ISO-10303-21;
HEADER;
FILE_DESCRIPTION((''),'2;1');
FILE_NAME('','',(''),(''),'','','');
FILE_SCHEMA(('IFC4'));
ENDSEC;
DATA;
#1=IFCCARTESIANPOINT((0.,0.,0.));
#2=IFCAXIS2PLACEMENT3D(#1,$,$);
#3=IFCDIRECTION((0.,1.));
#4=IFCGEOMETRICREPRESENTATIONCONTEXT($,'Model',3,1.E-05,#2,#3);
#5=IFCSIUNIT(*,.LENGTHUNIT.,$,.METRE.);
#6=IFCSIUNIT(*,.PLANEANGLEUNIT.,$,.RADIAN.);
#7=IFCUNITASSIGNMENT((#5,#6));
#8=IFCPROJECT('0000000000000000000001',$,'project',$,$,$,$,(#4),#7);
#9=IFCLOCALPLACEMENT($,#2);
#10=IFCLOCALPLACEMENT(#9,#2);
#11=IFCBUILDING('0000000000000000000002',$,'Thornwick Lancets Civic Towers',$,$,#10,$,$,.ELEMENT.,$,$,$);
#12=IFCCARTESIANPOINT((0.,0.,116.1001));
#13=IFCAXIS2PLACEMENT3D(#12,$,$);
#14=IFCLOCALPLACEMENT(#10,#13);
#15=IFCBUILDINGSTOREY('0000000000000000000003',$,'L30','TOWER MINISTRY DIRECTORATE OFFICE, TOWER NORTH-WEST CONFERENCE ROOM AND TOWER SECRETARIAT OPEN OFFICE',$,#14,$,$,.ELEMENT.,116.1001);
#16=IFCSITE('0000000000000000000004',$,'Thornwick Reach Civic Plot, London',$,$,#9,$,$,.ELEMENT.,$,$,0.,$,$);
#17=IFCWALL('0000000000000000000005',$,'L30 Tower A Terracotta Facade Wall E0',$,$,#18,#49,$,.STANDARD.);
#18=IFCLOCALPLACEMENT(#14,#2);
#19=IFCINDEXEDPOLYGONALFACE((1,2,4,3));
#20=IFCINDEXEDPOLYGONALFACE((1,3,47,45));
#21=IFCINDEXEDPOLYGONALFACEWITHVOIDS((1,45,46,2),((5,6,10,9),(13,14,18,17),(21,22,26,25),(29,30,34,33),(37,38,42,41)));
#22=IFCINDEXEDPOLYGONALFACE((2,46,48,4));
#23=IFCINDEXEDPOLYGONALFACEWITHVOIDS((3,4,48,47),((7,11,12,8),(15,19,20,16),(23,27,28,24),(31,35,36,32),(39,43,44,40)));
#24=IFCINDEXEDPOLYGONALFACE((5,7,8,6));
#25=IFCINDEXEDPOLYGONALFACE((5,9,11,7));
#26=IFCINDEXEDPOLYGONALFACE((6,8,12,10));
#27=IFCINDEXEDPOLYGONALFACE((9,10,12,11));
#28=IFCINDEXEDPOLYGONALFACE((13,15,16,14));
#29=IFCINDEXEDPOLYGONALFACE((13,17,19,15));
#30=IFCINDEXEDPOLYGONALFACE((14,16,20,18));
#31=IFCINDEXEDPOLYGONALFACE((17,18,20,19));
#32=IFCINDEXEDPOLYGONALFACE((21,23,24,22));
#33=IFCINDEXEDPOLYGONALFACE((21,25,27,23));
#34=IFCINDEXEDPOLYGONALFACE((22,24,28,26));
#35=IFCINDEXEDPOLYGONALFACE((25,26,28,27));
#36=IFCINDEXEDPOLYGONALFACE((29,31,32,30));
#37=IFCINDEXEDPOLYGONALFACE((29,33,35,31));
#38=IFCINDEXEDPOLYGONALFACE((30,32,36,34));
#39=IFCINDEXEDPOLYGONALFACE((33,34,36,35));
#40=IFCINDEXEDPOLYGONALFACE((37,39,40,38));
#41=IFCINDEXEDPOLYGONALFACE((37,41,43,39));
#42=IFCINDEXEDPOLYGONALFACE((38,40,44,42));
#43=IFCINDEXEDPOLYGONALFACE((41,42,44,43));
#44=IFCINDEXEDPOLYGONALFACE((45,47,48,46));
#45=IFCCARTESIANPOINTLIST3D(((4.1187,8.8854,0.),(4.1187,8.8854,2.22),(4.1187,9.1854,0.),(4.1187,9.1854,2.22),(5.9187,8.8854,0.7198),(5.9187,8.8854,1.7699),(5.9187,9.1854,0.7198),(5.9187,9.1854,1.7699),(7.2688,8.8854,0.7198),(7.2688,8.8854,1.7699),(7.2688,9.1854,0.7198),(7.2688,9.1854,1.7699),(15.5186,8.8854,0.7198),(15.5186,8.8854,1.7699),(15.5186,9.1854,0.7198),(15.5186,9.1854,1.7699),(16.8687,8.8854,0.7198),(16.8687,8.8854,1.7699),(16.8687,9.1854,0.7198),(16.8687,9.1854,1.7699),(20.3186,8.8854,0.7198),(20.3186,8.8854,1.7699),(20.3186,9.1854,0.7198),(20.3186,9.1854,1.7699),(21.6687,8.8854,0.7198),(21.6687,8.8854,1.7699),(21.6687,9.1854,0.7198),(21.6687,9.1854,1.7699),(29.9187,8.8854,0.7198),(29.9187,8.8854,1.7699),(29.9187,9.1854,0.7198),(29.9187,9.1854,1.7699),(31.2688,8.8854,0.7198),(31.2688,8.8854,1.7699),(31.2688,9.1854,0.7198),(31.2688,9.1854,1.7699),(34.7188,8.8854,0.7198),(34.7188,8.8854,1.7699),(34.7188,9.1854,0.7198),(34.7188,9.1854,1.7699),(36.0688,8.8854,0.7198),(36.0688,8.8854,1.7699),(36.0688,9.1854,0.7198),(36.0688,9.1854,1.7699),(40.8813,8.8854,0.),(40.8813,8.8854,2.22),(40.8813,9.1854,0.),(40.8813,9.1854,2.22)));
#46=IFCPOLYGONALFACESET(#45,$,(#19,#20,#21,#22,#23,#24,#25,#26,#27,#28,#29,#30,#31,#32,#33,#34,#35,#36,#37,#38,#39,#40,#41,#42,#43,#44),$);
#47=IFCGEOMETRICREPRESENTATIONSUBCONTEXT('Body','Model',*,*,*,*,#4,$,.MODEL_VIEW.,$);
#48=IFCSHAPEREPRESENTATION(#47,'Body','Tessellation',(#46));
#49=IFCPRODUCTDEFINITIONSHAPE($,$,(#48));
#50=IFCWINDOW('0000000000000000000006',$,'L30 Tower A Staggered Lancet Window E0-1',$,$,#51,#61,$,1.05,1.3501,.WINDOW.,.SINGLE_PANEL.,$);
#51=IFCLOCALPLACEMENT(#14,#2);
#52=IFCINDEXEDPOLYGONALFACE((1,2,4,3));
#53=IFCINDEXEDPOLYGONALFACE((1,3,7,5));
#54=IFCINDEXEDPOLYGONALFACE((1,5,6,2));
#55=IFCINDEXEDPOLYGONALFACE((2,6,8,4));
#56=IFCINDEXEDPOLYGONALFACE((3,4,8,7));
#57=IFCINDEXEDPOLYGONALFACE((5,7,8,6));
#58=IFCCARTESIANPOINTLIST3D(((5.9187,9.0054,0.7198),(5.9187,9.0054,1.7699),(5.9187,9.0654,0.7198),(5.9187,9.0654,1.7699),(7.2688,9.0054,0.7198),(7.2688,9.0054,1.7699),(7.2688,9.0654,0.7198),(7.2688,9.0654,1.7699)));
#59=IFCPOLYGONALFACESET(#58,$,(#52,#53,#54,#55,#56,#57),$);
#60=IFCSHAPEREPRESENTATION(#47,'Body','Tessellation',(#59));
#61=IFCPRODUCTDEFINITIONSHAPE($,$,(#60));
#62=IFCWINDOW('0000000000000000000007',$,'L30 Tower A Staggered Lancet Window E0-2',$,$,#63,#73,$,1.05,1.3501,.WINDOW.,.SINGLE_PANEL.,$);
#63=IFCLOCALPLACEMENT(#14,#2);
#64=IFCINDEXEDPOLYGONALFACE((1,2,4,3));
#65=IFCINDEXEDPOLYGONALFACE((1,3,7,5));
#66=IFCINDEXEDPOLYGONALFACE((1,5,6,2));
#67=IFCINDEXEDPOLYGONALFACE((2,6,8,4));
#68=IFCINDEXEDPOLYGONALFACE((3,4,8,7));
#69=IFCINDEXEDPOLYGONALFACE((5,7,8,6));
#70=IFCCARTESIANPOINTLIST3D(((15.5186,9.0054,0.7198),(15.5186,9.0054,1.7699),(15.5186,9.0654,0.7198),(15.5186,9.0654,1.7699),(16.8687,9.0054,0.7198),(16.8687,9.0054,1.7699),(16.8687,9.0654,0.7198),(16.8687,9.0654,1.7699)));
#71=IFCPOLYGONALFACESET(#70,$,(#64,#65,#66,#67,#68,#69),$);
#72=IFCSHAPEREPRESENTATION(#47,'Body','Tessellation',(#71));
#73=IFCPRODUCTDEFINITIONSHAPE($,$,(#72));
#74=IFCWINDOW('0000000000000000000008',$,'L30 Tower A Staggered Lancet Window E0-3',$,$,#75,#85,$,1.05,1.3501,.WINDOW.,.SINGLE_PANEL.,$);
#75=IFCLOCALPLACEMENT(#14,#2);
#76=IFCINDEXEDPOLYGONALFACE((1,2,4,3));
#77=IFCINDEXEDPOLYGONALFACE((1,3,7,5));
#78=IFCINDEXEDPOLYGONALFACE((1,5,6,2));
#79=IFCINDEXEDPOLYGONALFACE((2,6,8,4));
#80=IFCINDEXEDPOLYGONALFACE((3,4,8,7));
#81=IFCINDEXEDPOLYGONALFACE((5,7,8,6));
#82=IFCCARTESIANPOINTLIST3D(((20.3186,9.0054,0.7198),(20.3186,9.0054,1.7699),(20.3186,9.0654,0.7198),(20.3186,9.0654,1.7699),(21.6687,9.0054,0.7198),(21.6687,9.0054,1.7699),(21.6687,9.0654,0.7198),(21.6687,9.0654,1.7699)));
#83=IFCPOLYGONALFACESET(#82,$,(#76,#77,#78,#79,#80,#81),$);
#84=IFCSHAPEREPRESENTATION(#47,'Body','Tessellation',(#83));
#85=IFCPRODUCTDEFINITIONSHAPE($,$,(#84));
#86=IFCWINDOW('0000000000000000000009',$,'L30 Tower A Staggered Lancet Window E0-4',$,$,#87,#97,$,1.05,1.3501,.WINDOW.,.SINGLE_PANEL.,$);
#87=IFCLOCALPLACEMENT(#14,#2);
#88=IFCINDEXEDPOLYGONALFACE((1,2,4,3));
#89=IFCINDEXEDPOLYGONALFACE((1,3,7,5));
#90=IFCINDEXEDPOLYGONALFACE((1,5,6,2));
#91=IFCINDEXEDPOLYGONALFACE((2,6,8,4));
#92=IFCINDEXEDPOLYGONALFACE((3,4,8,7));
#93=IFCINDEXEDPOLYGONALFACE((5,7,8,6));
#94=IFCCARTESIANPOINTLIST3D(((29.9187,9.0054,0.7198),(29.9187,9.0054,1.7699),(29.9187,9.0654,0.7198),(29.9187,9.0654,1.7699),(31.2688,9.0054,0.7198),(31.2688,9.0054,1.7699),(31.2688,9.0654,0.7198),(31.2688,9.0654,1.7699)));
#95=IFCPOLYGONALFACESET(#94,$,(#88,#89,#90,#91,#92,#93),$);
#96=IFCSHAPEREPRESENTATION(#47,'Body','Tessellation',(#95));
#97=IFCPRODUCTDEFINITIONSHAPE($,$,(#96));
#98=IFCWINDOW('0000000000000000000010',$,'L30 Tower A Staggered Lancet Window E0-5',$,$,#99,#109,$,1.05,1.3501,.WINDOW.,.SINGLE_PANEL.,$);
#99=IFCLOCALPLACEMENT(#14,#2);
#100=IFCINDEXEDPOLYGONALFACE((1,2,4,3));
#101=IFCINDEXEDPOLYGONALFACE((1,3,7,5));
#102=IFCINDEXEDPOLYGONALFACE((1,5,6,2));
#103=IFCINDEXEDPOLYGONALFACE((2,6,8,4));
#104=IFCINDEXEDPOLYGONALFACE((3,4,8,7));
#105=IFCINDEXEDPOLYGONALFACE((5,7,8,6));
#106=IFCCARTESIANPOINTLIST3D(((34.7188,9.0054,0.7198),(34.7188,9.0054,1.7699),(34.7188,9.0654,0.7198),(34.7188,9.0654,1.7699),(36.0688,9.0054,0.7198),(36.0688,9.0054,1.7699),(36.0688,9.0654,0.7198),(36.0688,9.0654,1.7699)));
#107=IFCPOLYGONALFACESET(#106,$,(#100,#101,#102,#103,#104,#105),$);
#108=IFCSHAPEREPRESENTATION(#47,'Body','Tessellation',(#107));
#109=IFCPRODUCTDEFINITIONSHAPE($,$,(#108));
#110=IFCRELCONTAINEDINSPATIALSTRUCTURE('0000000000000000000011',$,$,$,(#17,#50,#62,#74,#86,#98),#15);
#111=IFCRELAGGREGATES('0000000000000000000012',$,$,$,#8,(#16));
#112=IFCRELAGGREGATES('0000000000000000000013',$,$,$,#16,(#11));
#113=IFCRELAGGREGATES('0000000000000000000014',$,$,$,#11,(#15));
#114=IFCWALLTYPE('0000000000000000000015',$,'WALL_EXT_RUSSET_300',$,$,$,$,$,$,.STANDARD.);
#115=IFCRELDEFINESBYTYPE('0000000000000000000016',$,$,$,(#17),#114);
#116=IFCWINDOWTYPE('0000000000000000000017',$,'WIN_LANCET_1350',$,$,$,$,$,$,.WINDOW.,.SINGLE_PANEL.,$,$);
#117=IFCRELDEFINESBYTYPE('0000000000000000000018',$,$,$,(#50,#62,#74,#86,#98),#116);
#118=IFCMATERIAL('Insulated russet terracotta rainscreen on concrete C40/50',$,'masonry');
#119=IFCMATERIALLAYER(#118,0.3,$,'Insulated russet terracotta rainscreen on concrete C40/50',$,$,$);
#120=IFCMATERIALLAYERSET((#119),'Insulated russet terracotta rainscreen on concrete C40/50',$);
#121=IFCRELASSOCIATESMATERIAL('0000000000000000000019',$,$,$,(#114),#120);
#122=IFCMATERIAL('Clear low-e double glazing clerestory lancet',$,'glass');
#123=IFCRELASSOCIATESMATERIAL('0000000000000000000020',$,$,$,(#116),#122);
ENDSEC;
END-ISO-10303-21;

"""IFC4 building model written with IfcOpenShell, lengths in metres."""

from ifc_helpers import new_model, si_unit, direction, frame, frame_2d, origin, place, context, subcontext, project, spatial, rectangle, extrude, material, layer, layer_set, type_object, element, fill, save


model = new_model("IFC4")

# Units and contexts
model_context = context("Model", 3, precision=1e-05, world=origin(), true_north=direction((0.0, 1.0)))
body_context = subcontext(model_context, "Body", "Model", "MODEL_VIEW")
ifc_project = project(units=[si_unit("LENGTHUNIT", "METRE"), si_unit("PLANEANGLEUNIT", "RADIAN")], contexts=[model_context])

# Site, building, storey
site_placement = place(None, origin())
site = spatial("IfcSite", under=ifc_project, at=site_placement, Name="Thornwick Reach Civic Plot, London", CompositionType="ELEMENT", RefElevation=0.0)
building_placement = place(site_placement, origin())
building = spatial("IfcBuilding", under=site, at=building_placement, Name="Thornwick Lancets Civic Towers", CompositionType="ELEMENT")
storey_placement = place(building_placement, frame((0.0, 0.0, 116.1001)))
storey = spatial("IfcBuildingStorey", under=building, at=storey_placement, Name="L30", Description="TOWER MINISTRY DIRECTORATE OFFICE, TOWER NORTH-WEST CONFERENCE ROOM AND TOWER SECRETARIAT OPEN OFFICE", CompositionType="ELEMENT", Elevation=116.1001)

# Wall, openings, windows
ifc_material_1 = material(Name="Insulated russet terracotta rainscreen on concrete C40/50", Category="masonry")
ifc_layer_1 = layer(ifc_material_1, 0.3, Name="Insulated russet terracotta rainscreen on concrete C40/50")
ifc_layer_set_1 = layer_set([ifc_layer_1], Name="Insulated russet terracotta rainscreen on concrete C40/50")
wall_type = type_object("IfcWallType", Name="WALL_EXT_RUSSET_300", PredefinedType="STANDARD", material=ifc_layer_set_1)
wall_placement = place(storey_placement, frame((4.1187, 9.0354, 0.0), z_axis=(0.0, 0.0, 1.0), x_axis=(1.0, 0.0, 0.0)))
wall = element("IfcWall", 1, at=wall_placement, inside=storey, type_object=wall_type, Name="L30 Tower A Terracotta Facade Wall E0", PredefinedType="STANDARD", context=body_context, shape_type="SweptSolid", body=[
    extrude(rectangle(XDim=36.7627, YDim=0.3, at=frame_2d((18.3813, 0.0))), origin(), (0.0, 0.0, 1.0), 2.22),
])
opening_1_placement = place(wall_placement, frame((1.8, 0.0, 0.72)))
opening_1 = element("IfcOpeningElement", 2, at=opening_1_placement, cuts=wall, PredefinedType="OPENING", context=body_context, shape_type="SweptSolid", body=[
    extrude(rectangle(XDim=1.3501, YDim=1.05, at=frame_2d((0.675, 0.5249))), frame((0.0, 0.1602, 0.0), z_axis=(0.0, -1.0, 0.0), x_axis=(1.0, 0.0, 0.0)), (0.0, 0.0, 1.0), 0.3201),
])
opening_2_placement = place(wall_placement, frame((11.3999, 0.0, 0.72)))
opening_2 = element("IfcOpeningElement", 3, at=opening_2_placement, cuts=wall, PredefinedType="OPENING", context=body_context, shape_type="SweptSolid", body=[
    extrude(rectangle(XDim=1.3501, YDim=1.05, at=frame_2d((0.675, 0.5249))), frame((0.0, 0.1602, 0.0), z_axis=(0.0, -1.0, 0.0), x_axis=(1.0, 0.0, 0.0)), (0.0, 0.0, 1.0), 0.3201),
])
opening_3_placement = place(wall_placement, frame((16.2, 0.0, 0.72)))
opening_3 = element("IfcOpeningElement", 4, at=opening_3_placement, cuts=wall, PredefinedType="OPENING", context=body_context, shape_type="SweptSolid", body=[
    extrude(rectangle(XDim=1.3501, YDim=1.05, at=frame_2d((0.675, 0.5249))), frame((0.0, 0.1602, 0.0), z_axis=(0.0, -1.0, 0.0), x_axis=(1.0, 0.0, 0.0)), (0.0, 0.0, 1.0), 0.3201),
])
opening_4_placement = place(wall_placement, frame((25.8, 0.0, 0.72)))
opening_4 = element("IfcOpeningElement", 5, at=opening_4_placement, cuts=wall, PredefinedType="OPENING", context=body_context, shape_type="SweptSolid", body=[
    extrude(rectangle(XDim=1.3501, YDim=1.05, at=frame_2d((0.675, 0.5249))), frame((0.0, 0.1602, 0.0), z_axis=(0.0, -1.0, 0.0), x_axis=(1.0, 0.0, 0.0)), (0.0, 0.0, 1.0), 0.3201),
])
opening_5_placement = place(wall_placement, frame((30.6001, 0.0, 0.72)))
opening_5 = element("IfcOpeningElement", 6, at=opening_5_placement, cuts=wall, PredefinedType="OPENING", context=body_context, shape_type="SweptSolid", body=[
    extrude(rectangle(XDim=1.3501, YDim=1.05, at=frame_2d((0.675, 0.5249))), frame((0.0, 0.1602, 0.0), z_axis=(0.0, -1.0, 0.0), x_axis=(1.0, 0.0, 0.0)), (0.0, 0.0, 1.0), 0.3201),
])
ifc_material_2 = material(Name="Clear low-e double glazing clerestory lancet", Category="glass")
window_type = type_object("IfcWindowType", Name="WIN_LANCET_1350", PartitioningType="SINGLE_PANEL", PredefinedType="WINDOW", material=ifc_material_2)
window_1_placement = place(opening_1_placement, origin())
window_1 = element("IfcWindow", 7, at=window_1_placement, inside=storey, type_object=window_type, Name="L30 Tower A Staggered Lancet Window E0-1", OverallHeight=1.05, OverallWidth=1.3501, PartitioningType="SINGLE_PANEL", PredefinedType="WINDOW", context=body_context, shape_type="SweptSolid", body=[
    extrude(rectangle(XDim=1.3501, YDim=1.05, at=frame_2d((0.675, 0.5249))), frame((0.0, 0.03, 0.0), z_axis=(0.0, -1.0, 0.0), x_axis=(1.0, 0.0, 0.0)), (0.0, 0.0, 1.0), 0.0601),
])
fill(opening_1, window_1)
window_2_placement = place(opening_2_placement, origin())
window_2 = element("IfcWindow", 8, at=window_2_placement, inside=storey, type_object=window_type, Name="L30 Tower A Staggered Lancet Window E0-2", OverallHeight=1.05, OverallWidth=1.3501, PartitioningType="SINGLE_PANEL", PredefinedType="WINDOW", context=body_context, shape_type="SweptSolid", body=[
    extrude(rectangle(XDim=1.3501, YDim=1.05, at=frame_2d((0.675, 0.5249))), frame((0.0, 0.03, 0.0), z_axis=(0.0, -1.0, 0.0), x_axis=(1.0, 0.0, 0.0)), (0.0, 0.0, 1.0), 0.0601),
])
fill(opening_2, window_2)
window_3_placement = place(opening_3_placement, origin())
window_3 = element("IfcWindow", 9, at=window_3_placement, inside=storey, type_object=window_type, Name="L30 Tower A Staggered Lancet Window E0-3", OverallHeight=1.05, OverallWidth=1.3501, PartitioningType="SINGLE_PANEL", PredefinedType="WINDOW", context=body_context, shape_type="SweptSolid", body=[
    extrude(rectangle(XDim=1.3501, YDim=1.05, at=frame_2d((0.675, 0.5249))), frame((0.0, 0.03, 0.0), z_axis=(0.0, -1.0, 0.0), x_axis=(1.0, 0.0, 0.0)), (0.0, 0.0, 1.0), 0.0601),
])
fill(opening_3, window_3)
window_4_placement = place(opening_4_placement, origin())
window_4 = element("IfcWindow", 10, at=window_4_placement, inside=storey, type_object=window_type, Name="L30 Tower A Staggered Lancet Window E0-4", OverallHeight=1.05, OverallWidth=1.3501, PartitioningType="SINGLE_PANEL", PredefinedType="WINDOW", context=body_context, shape_type="SweptSolid", body=[
    extrude(rectangle(XDim=1.3501, YDim=1.05, at=frame_2d((0.675, 0.5249))), frame((0.0, 0.03, 0.0), z_axis=(0.0, -1.0, 0.0), x_axis=(1.0, 0.0, 0.0)), (0.0, 0.0, 1.0), 0.0601),
])
fill(opening_4, window_4)
window_5_placement = place(opening_5_placement, origin())
window_5 = element("IfcWindow", 11, at=window_5_placement, inside=storey, type_object=window_type, Name="L30 Tower A Staggered Lancet Window E0-5", OverallHeight=1.05, OverallWidth=1.3501, PartitioningType="SINGLE_PANEL", PredefinedType="WINDOW", context=body_context, shape_type="SweptSolid", body=[
    extrude(rectangle(XDim=1.3501, YDim=1.05, at=frame_2d((0.675, 0.5249))), frame((0.0, 0.03, 0.0), z_axis=(0.0, -1.0, 0.0), x_axis=(1.0, 0.0, 0.0)), (0.0, 0.0, 1.0), 0.0601),
])
fill(opening_5, window_5)

save(model, "model.ifc")
